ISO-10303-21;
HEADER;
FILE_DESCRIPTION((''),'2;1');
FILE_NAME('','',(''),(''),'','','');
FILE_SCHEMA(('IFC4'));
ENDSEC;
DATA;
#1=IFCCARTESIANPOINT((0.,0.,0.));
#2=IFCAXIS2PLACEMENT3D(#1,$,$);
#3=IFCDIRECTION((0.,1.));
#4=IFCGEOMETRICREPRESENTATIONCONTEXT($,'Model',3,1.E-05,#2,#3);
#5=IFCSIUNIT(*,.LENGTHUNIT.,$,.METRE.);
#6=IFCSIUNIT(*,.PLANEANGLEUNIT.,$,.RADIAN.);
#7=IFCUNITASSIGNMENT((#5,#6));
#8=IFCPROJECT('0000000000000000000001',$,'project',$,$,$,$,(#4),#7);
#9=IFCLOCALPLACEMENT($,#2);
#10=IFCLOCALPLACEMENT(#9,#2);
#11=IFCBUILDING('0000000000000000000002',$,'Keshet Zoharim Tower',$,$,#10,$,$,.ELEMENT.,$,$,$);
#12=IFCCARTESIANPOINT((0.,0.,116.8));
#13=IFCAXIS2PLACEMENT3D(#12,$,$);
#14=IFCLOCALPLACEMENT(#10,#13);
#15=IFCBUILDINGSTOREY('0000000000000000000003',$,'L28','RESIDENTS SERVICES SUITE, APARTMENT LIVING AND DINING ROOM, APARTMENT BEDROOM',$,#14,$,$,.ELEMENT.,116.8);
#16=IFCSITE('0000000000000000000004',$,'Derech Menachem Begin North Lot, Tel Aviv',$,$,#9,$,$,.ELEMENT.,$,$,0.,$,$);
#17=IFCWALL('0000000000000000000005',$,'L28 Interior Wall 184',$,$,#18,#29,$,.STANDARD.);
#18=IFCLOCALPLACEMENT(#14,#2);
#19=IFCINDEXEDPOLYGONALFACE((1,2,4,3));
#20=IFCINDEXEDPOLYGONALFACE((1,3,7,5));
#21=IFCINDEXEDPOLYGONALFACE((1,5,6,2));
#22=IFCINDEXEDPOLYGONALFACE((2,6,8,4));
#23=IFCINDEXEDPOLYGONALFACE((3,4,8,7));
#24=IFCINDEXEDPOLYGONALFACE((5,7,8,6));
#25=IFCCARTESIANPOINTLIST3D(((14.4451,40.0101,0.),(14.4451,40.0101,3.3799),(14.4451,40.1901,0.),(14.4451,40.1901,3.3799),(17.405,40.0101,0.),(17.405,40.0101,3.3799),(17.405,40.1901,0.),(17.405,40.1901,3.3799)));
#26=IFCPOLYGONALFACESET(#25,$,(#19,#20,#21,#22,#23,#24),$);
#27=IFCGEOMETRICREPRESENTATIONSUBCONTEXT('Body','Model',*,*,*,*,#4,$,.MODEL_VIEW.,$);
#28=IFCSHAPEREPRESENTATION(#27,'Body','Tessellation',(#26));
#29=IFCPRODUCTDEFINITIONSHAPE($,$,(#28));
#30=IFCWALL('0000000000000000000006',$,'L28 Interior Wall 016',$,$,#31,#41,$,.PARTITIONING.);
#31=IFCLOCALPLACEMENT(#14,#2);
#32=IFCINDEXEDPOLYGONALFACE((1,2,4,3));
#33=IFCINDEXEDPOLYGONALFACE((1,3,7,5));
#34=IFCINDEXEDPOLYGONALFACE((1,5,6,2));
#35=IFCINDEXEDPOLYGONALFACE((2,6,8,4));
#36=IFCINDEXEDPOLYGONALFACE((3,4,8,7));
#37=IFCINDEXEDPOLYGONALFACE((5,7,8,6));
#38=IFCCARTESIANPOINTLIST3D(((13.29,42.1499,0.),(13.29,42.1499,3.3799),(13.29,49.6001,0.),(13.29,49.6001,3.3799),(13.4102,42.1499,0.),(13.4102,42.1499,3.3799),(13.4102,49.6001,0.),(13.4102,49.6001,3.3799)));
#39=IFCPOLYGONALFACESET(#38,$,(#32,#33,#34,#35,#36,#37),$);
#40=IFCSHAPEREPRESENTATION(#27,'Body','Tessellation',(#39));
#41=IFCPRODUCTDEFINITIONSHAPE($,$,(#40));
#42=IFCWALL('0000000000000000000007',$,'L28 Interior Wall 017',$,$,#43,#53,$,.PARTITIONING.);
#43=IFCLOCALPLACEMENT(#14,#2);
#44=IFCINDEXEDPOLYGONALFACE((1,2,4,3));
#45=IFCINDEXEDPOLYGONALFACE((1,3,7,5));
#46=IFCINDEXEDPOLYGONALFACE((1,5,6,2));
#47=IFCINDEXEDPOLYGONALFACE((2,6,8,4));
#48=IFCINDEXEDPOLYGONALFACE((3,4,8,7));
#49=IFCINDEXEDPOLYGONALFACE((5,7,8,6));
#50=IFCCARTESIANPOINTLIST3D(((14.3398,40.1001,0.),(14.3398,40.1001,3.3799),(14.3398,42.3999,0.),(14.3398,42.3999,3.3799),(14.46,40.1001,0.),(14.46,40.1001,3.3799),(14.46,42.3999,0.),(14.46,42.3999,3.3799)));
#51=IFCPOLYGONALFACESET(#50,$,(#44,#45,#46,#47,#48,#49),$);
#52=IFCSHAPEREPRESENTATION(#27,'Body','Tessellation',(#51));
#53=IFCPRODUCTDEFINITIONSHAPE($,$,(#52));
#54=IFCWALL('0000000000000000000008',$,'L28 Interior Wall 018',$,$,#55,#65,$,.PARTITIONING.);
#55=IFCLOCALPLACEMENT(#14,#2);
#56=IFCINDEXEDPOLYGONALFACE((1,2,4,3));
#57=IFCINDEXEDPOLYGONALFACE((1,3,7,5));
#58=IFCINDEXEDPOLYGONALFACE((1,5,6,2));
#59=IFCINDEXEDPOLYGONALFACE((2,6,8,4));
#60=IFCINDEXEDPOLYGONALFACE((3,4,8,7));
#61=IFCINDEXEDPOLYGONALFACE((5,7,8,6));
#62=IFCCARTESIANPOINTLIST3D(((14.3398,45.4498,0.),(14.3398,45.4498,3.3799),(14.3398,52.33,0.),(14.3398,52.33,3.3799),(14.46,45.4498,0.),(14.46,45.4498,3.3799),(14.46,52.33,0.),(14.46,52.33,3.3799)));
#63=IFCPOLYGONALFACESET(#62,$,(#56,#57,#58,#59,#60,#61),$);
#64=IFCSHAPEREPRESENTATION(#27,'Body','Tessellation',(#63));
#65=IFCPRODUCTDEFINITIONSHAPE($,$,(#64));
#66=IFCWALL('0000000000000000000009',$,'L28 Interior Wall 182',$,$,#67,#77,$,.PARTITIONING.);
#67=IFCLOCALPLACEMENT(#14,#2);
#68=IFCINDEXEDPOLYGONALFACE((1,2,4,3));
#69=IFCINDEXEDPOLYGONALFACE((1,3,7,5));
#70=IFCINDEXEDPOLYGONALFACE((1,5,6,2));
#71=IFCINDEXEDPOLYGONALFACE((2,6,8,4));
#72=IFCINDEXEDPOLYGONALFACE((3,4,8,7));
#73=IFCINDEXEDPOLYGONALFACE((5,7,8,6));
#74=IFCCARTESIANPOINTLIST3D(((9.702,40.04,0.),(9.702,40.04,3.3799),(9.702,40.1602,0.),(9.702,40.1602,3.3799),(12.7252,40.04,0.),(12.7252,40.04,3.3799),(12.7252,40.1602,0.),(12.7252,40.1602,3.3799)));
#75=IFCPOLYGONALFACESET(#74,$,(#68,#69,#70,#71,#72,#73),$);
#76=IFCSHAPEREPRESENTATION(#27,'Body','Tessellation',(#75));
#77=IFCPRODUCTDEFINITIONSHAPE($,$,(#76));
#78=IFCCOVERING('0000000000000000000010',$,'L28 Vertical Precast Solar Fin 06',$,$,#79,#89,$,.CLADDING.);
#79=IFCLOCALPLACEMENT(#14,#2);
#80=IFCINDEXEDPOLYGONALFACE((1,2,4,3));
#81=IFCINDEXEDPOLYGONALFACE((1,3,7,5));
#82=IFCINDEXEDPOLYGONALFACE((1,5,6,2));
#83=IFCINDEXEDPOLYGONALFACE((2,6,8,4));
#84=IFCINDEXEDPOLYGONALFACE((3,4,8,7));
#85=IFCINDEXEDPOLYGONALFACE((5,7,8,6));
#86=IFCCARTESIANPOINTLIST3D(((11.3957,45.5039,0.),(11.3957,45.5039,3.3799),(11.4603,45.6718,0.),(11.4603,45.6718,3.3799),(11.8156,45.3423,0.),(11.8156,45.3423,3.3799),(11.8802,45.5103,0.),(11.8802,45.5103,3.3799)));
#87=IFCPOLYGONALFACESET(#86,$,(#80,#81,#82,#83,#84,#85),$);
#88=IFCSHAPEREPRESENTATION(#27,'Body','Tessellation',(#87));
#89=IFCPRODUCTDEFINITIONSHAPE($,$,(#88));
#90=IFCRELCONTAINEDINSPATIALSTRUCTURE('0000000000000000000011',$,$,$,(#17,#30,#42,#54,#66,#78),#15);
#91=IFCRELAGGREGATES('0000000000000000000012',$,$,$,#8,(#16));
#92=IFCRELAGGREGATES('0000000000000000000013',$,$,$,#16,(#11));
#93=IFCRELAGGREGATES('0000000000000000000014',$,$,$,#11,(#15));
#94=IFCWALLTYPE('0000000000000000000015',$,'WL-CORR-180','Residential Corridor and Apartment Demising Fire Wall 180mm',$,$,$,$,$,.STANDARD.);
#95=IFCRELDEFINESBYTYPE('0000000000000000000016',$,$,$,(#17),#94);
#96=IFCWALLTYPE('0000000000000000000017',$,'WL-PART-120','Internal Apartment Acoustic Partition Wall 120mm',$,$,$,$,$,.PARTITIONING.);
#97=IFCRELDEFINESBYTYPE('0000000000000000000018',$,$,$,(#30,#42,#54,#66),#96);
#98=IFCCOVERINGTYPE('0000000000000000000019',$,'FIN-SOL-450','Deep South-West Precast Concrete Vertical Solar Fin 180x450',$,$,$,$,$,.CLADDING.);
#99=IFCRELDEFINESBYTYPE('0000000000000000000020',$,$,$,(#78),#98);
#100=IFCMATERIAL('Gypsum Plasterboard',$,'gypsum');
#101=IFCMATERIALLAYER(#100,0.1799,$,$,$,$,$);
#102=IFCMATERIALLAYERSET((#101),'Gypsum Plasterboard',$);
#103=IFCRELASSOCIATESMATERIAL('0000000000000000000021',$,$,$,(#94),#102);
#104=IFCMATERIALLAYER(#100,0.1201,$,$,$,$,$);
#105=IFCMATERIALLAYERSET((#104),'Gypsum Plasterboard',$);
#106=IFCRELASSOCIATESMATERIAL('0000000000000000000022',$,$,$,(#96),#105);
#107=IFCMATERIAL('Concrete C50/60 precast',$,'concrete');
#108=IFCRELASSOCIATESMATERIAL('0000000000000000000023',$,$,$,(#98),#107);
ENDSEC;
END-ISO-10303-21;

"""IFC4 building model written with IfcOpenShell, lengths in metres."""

from ifc_helpers import new_model, si_unit, direction, frame, frame_2d, origin, origin_2d, place, context, subcontext, project, spatial, rectangle, extrude, material, layer, layer_set, type_object, element, save


model = new_model("IFC4")

# Units and contexts
model_context = context("Model", 3, precision=1e-05, world=origin(), true_north=direction((0.0, 1.0)))
body_context = subcontext(model_context, "Body", "Model", "MODEL_VIEW")
ifc_project = project(units=[si_unit("LENGTHUNIT", "METRE"), si_unit("PLANEANGLEUNIT", "RADIAN")], contexts=[model_context])

# Site, building, storey
site_placement = place(None, origin())
site = spatial("IfcSite", under=ifc_project, at=site_placement, Name="Derech Menachem Begin North Lot, Tel Aviv", CompositionType="ELEMENT", RefElevation=0.0)
building_placement = place(site_placement, origin())
building = spatial("IfcBuilding", under=site, at=building_placement, Name="Keshet Zoharim Tower", CompositionType="ELEMENT")
storey_placement = place(building_placement, frame((0.0, 0.0, 116.8)))
storey = spatial("IfcBuildingStorey", under=building, at=storey_placement, Name="L28", Description="RESIDENTS SERVICES SUITE, APARTMENT LIVING AND DINING ROOM, APARTMENT BEDROOM", CompositionType="ELEMENT", Elevation=116.8)

# Walls
ifc_material_1 = material(Name="Gypsum Plasterboard", Category="gypsum")
ifc_layer_1 = layer(ifc_material_1, 0.1799)
ifc_layer_set_1 = layer_set([ifc_layer_1], Name="Gypsum Plasterboard")
wall_type_1 = type_object("IfcWallType", Name="WL-CORR-180", Description="Residential Corridor and Apartment Demising Fire Wall 180mm", PredefinedType="STANDARD", material=ifc_layer_set_1)
wall_1_placement = place(storey_placement, frame((14.4451, 40.1001, 0.0), z_axis=(0.0, 0.0, 1.0), x_axis=(1.0, 0.0, 0.0)))
element("IfcWall", 1, at=wall_1_placement, inside=storey, type_object=wall_type_1, Name="L28 Interior Wall 184", PredefinedType="STANDARD", context=body_context, shape_type="SweptSolid", body=[
    extrude(rectangle(XDim=2.96, YDim=0.1799, at=frame_2d((1.48, 0.0))), origin(), (0.0, 0.0, 1.0), 3.3799),
])
ifc_layer_2 = layer(ifc_material_1, 0.1201)
ifc_layer_set_2 = layer_set([ifc_layer_2], Name="Gypsum Plasterboard")
wall_type_2 = type_object("IfcWallType", Name="WL-PART-120", Description="Internal Apartment Acoustic Partition Wall 120mm", PredefinedType="PARTITIONING", material=ifc_layer_set_2)
wall_2_placement = place(storey_placement, frame((13.3501, 42.1499, 0.0), z_axis=(0.0, 0.0, 1.0), x_axis=(0.0, 1.0, 0.0)))
element("IfcWall", 2, at=wall_2_placement, inside=storey, type_object=wall_type_2, Name="L28 Interior Wall 016", PredefinedType="PARTITIONING", context=body_context, shape_type="SweptSolid", body=[
    extrude(rectangle(XDim=7.4502, YDim=0.1201, at=frame_2d((3.7251, 0.0))), origin(), (0.0, 0.0, 1.0), 3.3799),
])
wall_3_placement = place(storey_placement, frame((14.3999, 40.1001, 0.0), z_axis=(0.0, 0.0, 1.0), x_axis=(0.0, 1.0, 0.0)))
element("IfcWall", 3, at=wall_3_placement, inside=storey, type_object=wall_type_2, Name="L28 Interior Wall 017", PredefinedType="PARTITIONING", context=body_context, shape_type="SweptSolid", body=[
    extrude(rectangle(XDim=2.2998, YDim=0.1201, at=frame_2d((1.1499, 0.0))), origin(), (0.0, 0.0, 1.0), 3.3799),
])
wall_4_placement = place(storey_placement, frame((14.3999, 45.45, 0.0), z_axis=(0.0, 0.0, 1.0), x_axis=(0.0, 1.0, 0.0)))
element("IfcWall", 4, at=wall_4_placement, inside=storey, type_object=wall_type_2, Name="L28 Interior Wall 018", PredefinedType="PARTITIONING", context=body_context, shape_type="SweptSolid", body=[
    extrude(rectangle(XDim=6.8801, YDim=0.1201, at=frame_2d((3.4399, 0.0))), origin(), (0.0, 0.0, 1.0), 3.3799),
])
wall_5_placement = place(storey_placement, frame((9.7019, 40.1001, 0.0), z_axis=(0.0, 0.0, 1.0), x_axis=(1.0, 0.0, 0.0)))
element("IfcWall", 5, at=wall_5_placement, inside=storey, type_object=wall_type_2, Name="L28 Interior Wall 182", PredefinedType="PARTITIONING", context=body_context, shape_type="SweptSolid", body=[
    extrude(rectangle(XDim=3.0232, YDim=0.1201, at=frame_2d((1.5117, 0.0))), origin(), (0.0, 0.0, 1.0), 3.3799),
])

# Covering
ifc_material_2 = material(Name="Concrete C50/60 precast", Category="concrete")
covering_type = type_object("IfcCoveringType", Name="FIN-SOL-450", Description="Deep South-West Precast Concrete Vertical Solar Fin 180x450", PredefinedType="CLADDING", material=ifc_material_2)
covering_placement = place(storey_placement, frame((11.6379, 45.5071, 0.0), z_axis=(0.0, 0.0, 1.0), x_axis=(0.35899, 0.933341, 0.0)))
element("IfcCovering", 6, at=covering_placement, inside=storey, type_object=covering_type, Name="L28 Vertical Precast Solar Fin 06", PredefinedType="CLADDING", context=body_context, shape_type="SweptSolid", body=[
    extrude(rectangle(XDim=0.1799, YDim=0.45, at=origin_2d()), origin(), (0.0, 0.0, 1.0), 3.3799),
])

save(model, "model.ifc")
